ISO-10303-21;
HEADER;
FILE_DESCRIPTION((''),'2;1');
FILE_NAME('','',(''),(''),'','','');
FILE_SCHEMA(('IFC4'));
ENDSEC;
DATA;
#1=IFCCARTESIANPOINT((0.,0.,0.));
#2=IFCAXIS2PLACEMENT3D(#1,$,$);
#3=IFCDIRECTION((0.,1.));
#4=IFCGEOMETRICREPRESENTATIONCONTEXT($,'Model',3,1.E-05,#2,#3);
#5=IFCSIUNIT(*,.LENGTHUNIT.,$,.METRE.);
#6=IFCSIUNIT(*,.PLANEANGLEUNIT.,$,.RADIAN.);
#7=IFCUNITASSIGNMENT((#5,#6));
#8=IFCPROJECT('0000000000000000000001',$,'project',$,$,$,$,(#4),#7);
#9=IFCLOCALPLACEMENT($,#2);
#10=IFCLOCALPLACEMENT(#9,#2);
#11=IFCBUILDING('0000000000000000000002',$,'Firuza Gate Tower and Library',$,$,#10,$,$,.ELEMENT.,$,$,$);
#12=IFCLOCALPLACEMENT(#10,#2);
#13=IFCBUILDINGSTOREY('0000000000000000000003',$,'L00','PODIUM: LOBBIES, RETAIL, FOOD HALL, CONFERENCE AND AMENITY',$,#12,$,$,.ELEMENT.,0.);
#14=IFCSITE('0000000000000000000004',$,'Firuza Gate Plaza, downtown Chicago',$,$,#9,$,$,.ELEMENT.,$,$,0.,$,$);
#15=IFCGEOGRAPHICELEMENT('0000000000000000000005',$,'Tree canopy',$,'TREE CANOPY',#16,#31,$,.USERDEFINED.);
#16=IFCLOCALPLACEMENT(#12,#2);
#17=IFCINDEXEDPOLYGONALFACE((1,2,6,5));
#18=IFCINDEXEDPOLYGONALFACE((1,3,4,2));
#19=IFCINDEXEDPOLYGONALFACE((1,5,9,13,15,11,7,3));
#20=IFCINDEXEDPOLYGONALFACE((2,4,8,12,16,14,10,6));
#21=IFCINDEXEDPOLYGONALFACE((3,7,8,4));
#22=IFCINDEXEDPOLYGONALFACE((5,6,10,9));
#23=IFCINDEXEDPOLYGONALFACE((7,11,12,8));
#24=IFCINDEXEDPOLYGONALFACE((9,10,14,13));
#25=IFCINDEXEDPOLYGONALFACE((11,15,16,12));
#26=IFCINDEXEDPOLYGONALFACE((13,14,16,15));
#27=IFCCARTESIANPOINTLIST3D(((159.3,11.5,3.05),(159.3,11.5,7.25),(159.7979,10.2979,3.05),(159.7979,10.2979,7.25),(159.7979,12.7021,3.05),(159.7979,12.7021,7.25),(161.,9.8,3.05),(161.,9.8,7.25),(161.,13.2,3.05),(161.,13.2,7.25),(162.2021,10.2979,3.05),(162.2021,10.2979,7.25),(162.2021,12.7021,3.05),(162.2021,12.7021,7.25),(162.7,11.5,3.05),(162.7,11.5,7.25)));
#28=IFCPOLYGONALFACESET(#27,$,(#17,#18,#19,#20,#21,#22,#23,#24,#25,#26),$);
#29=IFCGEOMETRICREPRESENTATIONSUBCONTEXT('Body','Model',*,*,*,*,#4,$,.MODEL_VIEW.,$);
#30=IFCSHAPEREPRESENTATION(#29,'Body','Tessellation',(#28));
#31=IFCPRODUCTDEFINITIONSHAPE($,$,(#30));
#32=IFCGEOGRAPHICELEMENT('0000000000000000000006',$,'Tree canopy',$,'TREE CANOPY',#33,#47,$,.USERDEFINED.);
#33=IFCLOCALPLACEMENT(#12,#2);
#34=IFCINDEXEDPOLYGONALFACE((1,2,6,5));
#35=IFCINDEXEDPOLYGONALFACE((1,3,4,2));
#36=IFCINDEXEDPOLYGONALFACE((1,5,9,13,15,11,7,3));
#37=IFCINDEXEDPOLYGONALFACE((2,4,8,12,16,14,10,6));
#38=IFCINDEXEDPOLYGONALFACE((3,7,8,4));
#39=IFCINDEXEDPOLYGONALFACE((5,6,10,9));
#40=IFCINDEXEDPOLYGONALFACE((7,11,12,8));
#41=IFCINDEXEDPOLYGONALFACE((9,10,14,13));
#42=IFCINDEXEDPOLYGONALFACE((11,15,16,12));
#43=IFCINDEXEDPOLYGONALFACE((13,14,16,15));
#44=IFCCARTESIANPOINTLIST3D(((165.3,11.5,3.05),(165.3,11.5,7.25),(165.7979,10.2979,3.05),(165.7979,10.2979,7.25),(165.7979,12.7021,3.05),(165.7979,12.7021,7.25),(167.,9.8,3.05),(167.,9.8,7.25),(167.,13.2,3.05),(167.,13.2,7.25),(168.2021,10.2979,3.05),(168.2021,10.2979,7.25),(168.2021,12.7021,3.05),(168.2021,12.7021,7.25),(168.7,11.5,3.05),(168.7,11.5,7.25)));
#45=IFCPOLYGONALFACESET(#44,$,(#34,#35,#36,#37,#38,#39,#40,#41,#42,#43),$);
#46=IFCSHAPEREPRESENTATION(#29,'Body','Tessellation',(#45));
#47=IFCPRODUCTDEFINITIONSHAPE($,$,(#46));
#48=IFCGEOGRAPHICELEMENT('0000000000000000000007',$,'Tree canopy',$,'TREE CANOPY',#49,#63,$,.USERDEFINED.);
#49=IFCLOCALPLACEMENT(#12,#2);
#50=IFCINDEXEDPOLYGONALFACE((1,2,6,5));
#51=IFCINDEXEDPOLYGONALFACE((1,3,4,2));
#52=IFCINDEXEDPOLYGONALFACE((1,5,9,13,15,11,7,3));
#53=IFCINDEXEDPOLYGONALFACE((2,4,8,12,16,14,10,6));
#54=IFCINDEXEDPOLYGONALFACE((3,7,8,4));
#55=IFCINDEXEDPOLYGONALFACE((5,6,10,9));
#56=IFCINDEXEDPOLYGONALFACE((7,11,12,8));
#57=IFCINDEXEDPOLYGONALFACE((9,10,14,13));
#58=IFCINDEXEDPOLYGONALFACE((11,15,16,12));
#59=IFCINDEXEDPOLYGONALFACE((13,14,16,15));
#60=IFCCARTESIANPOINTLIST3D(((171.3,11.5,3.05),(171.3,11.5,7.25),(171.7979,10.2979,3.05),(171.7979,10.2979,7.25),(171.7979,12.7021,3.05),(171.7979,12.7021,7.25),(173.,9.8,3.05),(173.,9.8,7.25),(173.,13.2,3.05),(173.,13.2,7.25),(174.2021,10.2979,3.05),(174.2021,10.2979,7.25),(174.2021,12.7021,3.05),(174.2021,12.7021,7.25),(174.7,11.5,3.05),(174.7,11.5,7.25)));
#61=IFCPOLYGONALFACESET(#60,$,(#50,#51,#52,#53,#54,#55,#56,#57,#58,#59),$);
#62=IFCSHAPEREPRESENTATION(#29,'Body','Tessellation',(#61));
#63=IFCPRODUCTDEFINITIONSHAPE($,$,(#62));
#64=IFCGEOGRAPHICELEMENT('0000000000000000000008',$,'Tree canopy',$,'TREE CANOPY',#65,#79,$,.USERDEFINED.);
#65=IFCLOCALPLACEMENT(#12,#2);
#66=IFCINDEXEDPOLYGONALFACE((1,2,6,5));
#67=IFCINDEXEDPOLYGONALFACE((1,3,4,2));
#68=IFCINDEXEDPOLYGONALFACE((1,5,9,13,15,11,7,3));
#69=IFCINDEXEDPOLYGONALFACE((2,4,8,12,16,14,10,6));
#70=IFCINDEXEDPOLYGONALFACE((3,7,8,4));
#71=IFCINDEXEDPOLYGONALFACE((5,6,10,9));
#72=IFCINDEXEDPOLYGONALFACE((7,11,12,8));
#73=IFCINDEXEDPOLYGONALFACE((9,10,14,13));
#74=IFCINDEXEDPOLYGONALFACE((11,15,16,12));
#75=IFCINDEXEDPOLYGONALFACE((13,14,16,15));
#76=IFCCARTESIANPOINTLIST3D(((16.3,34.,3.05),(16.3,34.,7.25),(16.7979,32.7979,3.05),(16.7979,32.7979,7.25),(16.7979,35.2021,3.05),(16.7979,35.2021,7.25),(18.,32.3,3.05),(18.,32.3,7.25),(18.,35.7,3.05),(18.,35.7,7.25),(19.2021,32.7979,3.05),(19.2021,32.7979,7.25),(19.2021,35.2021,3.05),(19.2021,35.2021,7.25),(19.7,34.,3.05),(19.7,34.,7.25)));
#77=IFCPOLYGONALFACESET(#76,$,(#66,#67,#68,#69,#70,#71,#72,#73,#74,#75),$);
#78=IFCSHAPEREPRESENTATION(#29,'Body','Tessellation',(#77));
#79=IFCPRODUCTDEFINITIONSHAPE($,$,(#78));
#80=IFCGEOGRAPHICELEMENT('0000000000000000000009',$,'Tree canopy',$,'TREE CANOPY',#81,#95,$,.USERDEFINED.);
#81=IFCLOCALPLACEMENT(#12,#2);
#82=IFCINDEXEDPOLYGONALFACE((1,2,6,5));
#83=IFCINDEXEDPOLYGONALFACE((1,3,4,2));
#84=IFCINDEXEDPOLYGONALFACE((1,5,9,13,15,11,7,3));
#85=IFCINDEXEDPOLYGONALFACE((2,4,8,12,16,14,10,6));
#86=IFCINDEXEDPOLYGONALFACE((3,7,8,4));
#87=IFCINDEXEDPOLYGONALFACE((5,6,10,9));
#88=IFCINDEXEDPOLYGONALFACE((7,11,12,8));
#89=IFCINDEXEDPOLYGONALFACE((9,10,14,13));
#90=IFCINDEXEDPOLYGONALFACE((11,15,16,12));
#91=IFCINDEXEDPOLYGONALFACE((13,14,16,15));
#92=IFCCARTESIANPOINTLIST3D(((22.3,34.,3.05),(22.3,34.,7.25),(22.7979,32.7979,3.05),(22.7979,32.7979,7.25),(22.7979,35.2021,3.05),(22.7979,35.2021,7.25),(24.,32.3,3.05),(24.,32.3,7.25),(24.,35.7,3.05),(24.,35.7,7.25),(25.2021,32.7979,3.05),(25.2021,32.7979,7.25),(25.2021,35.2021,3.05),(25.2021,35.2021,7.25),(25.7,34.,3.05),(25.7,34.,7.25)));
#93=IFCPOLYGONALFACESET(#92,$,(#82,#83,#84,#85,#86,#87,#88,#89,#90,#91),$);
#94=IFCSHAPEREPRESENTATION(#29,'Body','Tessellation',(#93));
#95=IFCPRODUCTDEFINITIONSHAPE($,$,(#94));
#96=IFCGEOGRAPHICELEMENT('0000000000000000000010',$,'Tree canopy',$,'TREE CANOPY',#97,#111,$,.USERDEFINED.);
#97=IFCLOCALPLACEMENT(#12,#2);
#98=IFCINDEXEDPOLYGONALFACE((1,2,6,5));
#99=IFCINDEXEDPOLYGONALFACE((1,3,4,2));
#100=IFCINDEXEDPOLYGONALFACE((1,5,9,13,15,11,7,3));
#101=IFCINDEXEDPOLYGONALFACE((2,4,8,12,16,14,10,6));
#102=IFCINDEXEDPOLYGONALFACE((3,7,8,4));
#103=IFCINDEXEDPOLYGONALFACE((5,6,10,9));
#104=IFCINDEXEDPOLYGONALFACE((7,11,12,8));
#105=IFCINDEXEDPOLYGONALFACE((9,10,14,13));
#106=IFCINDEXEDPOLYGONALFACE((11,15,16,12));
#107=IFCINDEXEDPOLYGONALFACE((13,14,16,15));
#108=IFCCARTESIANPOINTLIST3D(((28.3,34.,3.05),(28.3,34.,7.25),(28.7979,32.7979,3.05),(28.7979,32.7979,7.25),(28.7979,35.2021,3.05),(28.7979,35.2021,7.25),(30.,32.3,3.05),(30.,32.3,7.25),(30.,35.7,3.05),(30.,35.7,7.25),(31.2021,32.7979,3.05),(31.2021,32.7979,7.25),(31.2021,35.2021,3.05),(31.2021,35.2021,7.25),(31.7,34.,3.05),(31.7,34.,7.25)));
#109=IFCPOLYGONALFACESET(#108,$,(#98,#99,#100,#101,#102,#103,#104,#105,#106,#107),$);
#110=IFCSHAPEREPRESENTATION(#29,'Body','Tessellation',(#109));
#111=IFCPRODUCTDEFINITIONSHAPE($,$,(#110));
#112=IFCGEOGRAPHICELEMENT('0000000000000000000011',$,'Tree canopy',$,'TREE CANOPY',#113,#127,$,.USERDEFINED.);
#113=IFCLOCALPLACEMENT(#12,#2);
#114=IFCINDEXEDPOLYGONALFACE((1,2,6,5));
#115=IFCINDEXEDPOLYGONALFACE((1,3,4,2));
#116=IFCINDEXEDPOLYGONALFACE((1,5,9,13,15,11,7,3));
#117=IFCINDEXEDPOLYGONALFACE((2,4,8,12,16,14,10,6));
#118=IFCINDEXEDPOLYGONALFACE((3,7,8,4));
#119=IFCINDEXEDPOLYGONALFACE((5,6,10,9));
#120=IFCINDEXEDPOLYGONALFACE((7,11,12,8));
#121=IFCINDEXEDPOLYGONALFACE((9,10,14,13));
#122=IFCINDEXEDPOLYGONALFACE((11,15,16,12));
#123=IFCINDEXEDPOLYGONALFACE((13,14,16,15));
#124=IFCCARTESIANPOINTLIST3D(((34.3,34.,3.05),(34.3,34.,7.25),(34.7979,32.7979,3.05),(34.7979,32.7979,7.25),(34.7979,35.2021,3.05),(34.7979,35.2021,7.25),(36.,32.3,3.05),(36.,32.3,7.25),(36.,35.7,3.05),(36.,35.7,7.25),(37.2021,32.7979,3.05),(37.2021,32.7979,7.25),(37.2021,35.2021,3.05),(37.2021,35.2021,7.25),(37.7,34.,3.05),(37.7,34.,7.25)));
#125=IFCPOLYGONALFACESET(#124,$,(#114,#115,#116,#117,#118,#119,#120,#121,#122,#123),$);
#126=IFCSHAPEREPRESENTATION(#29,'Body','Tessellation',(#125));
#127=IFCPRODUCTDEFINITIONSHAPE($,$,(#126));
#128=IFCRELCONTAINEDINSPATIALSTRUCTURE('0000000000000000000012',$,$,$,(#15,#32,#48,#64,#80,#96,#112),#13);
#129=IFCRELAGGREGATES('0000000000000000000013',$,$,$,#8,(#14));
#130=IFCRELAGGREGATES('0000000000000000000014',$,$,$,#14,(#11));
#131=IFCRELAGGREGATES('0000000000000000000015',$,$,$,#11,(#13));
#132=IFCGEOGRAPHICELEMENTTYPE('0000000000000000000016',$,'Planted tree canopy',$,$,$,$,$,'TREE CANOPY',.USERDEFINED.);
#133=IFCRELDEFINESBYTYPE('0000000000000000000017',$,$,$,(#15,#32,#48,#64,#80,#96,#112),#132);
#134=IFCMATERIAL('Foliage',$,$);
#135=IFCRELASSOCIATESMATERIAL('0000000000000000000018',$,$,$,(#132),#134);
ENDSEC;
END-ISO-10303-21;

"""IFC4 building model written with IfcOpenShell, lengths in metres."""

from ifc_helpers import new_model, si_unit, direction, frame, origin, place, context, subcontext, project, spatial, polyline, outline, extrude, material, type_object, element, save


model = new_model("IFC4")

# Units and contexts
model_context = context("Model", 3, precision=1e-05, world=origin(), true_north=direction((0.0, 1.0)))
body_context = subcontext(model_context, "Body", "Model", "MODEL_VIEW")
ifc_project = project(units=[si_unit("LENGTHUNIT", "METRE"), si_unit("PLANEANGLEUNIT", "RADIAN")], contexts=[model_context])

# Site, building, storey
site_placement = place(None, origin())
site = spatial("IfcSite", under=ifc_project, at=site_placement, Name="Firuza Gate Plaza, downtown Chicago", CompositionType="ELEMENT", RefElevation=0.0)
building_placement = place(site_placement, origin())
building = spatial("IfcBuilding", under=site, at=building_placement, Name="Firuza Gate Tower and Library", CompositionType="ELEMENT")
storey_placement = place(building_placement, origin())
storey = spatial("IfcBuildingStorey", under=building, at=storey_placement, Name="L00", Description="PODIUM: LOBBIES, RETAIL, FOOD HALL, CONFERENCE AND AMENITY", CompositionType="ELEMENT", Elevation=0.0)

# Geographic elements
ifc_material_1 = material(Name="Foliage")
geographic_element_type = type_object("IfcGeographicElementType", Name="Planted tree canopy", ElementType="TREE CANOPY", PredefinedType="USERDEFINED", material=ifc_material_1)
placement_1 = place(storey_placement, frame((0.0, 0.0, 3.05)))
element("IfcGeographicElement", 1, at=placement_1, inside=storey, type_object=geographic_element_type, Name="Tree canopy", ObjectType="TREE CANOPY", PredefinedType="USERDEFINED", context=body_context, shape_type="SweptSolid", body=[
    extrude(outline(polyline([(162.7, 11.5), (162.2021, 12.7021), (161.0, 13.2), (159.7979, 12.7021), (159.3, 11.5), (159.7979, 10.2979), (161.0, 9.8), (162.2021, 10.2979), (162.7, 11.5)])), origin(), (0.0, 0.0, 1.0), 4.2),
])
element("IfcGeographicElement", 2, at=placement_1, inside=storey, type_object=geographic_element_type, Name="Tree canopy", ObjectType="TREE CANOPY", PredefinedType="USERDEFINED", context=body_context, shape_type="SweptSolid", body=[
    extrude(outline(polyline([(168.7, 11.5), (168.2021, 12.7021), (167.0, 13.2), (165.7979, 12.7021), (165.3, 11.5), (165.7979, 10.2979), (167.0, 9.8), (168.2021, 10.2979), (168.7, 11.5)])), origin(), (0.0, 0.0, 1.0), 4.2),
])
element("IfcGeographicElement", 3, at=placement_1, inside=storey, type_object=geographic_element_type, Name="Tree canopy", ObjectType="TREE CANOPY", PredefinedType="USERDEFINED", context=body_context, shape_type="SweptSolid", body=[
    extrude(outline(polyline([(174.7, 11.5), (174.2021, 12.7021), (173.0, 13.2), (171.7979, 12.7021), (171.3, 11.5), (171.7979, 10.2979), (173.0, 9.8), (174.2021, 10.2979), (174.7, 11.5)])), origin(), (0.0, 0.0, 1.0), 4.2),
])
element("IfcGeographicElement", 4, at=placement_1, inside=storey, type_object=geographic_element_type, Name="Tree canopy", ObjectType="TREE CANOPY", PredefinedType="USERDEFINED", context=body_context, shape_type="SweptSolid", body=[
    extrude(outline(polyline([(19.7, 34.0), (19.2021, 35.2021), (18.0, 35.7), (16.7979, 35.2021), (16.3, 34.0), (16.7979, 32.7979), (18.0, 32.3), (19.2021, 32.7979), (19.7, 34.0)])), origin(), (0.0, 0.0, 1.0), 4.2),
])
element("IfcGeographicElement", 5, at=placement_1, inside=storey, type_object=geographic_element_type, Name="Tree canopy", ObjectType="TREE CANOPY", PredefinedType="USERDEFINED", context=body_context, shape_type="SweptSolid", body=[
    extrude(outline(polyline([(25.7, 34.0), (25.2021, 35.2021), (24.0, 35.7), (22.7979, 35.2021), (22.3, 34.0), (22.7979, 32.7979), (24.0, 32.3), (25.2021, 32.7979), (25.7, 34.0)])), origin(), (0.0, 0.0, 1.0), 4.2),
])
element("IfcGeographicElement", 6, at=placement_1, inside=storey, type_object=geographic_element_type, Name="Tree canopy", ObjectType="TREE CANOPY", PredefinedType="USERDEFINED", context=body_context, shape_type="SweptSolid", body=[
    extrude(outline(polyline([(31.7, 34.0), (31.2021, 35.2021), (30.0, 35.7), (28.7979, 35.2021), (28.3, 34.0), (28.7979, 32.7979), (30.0, 32.3), (31.2021, 32.7979), (31.7, 34.0)])), origin(), (0.0, 0.0, 1.0), 4.2),
])
element("IfcGeographicElement", 7, at=placement_1, inside=storey, type_object=geographic_element_type, Name="Tree canopy", ObjectType="TREE CANOPY", PredefinedType="USERDEFINED", context=body_context, shape_type="SweptSolid", body=[
    extrude(outline(polyline([(37.7, 34.0), (37.2021, 35.2021), (36.0, 35.7), (34.7979, 35.2021), (34.3, 34.0), (34.7979, 32.7979), (36.0, 32.3), (37.2021, 32.7979), (37.7, 34.0)])), origin(), (0.0, 0.0, 1.0), 4.2),
])

save(model, "model.ifc")
